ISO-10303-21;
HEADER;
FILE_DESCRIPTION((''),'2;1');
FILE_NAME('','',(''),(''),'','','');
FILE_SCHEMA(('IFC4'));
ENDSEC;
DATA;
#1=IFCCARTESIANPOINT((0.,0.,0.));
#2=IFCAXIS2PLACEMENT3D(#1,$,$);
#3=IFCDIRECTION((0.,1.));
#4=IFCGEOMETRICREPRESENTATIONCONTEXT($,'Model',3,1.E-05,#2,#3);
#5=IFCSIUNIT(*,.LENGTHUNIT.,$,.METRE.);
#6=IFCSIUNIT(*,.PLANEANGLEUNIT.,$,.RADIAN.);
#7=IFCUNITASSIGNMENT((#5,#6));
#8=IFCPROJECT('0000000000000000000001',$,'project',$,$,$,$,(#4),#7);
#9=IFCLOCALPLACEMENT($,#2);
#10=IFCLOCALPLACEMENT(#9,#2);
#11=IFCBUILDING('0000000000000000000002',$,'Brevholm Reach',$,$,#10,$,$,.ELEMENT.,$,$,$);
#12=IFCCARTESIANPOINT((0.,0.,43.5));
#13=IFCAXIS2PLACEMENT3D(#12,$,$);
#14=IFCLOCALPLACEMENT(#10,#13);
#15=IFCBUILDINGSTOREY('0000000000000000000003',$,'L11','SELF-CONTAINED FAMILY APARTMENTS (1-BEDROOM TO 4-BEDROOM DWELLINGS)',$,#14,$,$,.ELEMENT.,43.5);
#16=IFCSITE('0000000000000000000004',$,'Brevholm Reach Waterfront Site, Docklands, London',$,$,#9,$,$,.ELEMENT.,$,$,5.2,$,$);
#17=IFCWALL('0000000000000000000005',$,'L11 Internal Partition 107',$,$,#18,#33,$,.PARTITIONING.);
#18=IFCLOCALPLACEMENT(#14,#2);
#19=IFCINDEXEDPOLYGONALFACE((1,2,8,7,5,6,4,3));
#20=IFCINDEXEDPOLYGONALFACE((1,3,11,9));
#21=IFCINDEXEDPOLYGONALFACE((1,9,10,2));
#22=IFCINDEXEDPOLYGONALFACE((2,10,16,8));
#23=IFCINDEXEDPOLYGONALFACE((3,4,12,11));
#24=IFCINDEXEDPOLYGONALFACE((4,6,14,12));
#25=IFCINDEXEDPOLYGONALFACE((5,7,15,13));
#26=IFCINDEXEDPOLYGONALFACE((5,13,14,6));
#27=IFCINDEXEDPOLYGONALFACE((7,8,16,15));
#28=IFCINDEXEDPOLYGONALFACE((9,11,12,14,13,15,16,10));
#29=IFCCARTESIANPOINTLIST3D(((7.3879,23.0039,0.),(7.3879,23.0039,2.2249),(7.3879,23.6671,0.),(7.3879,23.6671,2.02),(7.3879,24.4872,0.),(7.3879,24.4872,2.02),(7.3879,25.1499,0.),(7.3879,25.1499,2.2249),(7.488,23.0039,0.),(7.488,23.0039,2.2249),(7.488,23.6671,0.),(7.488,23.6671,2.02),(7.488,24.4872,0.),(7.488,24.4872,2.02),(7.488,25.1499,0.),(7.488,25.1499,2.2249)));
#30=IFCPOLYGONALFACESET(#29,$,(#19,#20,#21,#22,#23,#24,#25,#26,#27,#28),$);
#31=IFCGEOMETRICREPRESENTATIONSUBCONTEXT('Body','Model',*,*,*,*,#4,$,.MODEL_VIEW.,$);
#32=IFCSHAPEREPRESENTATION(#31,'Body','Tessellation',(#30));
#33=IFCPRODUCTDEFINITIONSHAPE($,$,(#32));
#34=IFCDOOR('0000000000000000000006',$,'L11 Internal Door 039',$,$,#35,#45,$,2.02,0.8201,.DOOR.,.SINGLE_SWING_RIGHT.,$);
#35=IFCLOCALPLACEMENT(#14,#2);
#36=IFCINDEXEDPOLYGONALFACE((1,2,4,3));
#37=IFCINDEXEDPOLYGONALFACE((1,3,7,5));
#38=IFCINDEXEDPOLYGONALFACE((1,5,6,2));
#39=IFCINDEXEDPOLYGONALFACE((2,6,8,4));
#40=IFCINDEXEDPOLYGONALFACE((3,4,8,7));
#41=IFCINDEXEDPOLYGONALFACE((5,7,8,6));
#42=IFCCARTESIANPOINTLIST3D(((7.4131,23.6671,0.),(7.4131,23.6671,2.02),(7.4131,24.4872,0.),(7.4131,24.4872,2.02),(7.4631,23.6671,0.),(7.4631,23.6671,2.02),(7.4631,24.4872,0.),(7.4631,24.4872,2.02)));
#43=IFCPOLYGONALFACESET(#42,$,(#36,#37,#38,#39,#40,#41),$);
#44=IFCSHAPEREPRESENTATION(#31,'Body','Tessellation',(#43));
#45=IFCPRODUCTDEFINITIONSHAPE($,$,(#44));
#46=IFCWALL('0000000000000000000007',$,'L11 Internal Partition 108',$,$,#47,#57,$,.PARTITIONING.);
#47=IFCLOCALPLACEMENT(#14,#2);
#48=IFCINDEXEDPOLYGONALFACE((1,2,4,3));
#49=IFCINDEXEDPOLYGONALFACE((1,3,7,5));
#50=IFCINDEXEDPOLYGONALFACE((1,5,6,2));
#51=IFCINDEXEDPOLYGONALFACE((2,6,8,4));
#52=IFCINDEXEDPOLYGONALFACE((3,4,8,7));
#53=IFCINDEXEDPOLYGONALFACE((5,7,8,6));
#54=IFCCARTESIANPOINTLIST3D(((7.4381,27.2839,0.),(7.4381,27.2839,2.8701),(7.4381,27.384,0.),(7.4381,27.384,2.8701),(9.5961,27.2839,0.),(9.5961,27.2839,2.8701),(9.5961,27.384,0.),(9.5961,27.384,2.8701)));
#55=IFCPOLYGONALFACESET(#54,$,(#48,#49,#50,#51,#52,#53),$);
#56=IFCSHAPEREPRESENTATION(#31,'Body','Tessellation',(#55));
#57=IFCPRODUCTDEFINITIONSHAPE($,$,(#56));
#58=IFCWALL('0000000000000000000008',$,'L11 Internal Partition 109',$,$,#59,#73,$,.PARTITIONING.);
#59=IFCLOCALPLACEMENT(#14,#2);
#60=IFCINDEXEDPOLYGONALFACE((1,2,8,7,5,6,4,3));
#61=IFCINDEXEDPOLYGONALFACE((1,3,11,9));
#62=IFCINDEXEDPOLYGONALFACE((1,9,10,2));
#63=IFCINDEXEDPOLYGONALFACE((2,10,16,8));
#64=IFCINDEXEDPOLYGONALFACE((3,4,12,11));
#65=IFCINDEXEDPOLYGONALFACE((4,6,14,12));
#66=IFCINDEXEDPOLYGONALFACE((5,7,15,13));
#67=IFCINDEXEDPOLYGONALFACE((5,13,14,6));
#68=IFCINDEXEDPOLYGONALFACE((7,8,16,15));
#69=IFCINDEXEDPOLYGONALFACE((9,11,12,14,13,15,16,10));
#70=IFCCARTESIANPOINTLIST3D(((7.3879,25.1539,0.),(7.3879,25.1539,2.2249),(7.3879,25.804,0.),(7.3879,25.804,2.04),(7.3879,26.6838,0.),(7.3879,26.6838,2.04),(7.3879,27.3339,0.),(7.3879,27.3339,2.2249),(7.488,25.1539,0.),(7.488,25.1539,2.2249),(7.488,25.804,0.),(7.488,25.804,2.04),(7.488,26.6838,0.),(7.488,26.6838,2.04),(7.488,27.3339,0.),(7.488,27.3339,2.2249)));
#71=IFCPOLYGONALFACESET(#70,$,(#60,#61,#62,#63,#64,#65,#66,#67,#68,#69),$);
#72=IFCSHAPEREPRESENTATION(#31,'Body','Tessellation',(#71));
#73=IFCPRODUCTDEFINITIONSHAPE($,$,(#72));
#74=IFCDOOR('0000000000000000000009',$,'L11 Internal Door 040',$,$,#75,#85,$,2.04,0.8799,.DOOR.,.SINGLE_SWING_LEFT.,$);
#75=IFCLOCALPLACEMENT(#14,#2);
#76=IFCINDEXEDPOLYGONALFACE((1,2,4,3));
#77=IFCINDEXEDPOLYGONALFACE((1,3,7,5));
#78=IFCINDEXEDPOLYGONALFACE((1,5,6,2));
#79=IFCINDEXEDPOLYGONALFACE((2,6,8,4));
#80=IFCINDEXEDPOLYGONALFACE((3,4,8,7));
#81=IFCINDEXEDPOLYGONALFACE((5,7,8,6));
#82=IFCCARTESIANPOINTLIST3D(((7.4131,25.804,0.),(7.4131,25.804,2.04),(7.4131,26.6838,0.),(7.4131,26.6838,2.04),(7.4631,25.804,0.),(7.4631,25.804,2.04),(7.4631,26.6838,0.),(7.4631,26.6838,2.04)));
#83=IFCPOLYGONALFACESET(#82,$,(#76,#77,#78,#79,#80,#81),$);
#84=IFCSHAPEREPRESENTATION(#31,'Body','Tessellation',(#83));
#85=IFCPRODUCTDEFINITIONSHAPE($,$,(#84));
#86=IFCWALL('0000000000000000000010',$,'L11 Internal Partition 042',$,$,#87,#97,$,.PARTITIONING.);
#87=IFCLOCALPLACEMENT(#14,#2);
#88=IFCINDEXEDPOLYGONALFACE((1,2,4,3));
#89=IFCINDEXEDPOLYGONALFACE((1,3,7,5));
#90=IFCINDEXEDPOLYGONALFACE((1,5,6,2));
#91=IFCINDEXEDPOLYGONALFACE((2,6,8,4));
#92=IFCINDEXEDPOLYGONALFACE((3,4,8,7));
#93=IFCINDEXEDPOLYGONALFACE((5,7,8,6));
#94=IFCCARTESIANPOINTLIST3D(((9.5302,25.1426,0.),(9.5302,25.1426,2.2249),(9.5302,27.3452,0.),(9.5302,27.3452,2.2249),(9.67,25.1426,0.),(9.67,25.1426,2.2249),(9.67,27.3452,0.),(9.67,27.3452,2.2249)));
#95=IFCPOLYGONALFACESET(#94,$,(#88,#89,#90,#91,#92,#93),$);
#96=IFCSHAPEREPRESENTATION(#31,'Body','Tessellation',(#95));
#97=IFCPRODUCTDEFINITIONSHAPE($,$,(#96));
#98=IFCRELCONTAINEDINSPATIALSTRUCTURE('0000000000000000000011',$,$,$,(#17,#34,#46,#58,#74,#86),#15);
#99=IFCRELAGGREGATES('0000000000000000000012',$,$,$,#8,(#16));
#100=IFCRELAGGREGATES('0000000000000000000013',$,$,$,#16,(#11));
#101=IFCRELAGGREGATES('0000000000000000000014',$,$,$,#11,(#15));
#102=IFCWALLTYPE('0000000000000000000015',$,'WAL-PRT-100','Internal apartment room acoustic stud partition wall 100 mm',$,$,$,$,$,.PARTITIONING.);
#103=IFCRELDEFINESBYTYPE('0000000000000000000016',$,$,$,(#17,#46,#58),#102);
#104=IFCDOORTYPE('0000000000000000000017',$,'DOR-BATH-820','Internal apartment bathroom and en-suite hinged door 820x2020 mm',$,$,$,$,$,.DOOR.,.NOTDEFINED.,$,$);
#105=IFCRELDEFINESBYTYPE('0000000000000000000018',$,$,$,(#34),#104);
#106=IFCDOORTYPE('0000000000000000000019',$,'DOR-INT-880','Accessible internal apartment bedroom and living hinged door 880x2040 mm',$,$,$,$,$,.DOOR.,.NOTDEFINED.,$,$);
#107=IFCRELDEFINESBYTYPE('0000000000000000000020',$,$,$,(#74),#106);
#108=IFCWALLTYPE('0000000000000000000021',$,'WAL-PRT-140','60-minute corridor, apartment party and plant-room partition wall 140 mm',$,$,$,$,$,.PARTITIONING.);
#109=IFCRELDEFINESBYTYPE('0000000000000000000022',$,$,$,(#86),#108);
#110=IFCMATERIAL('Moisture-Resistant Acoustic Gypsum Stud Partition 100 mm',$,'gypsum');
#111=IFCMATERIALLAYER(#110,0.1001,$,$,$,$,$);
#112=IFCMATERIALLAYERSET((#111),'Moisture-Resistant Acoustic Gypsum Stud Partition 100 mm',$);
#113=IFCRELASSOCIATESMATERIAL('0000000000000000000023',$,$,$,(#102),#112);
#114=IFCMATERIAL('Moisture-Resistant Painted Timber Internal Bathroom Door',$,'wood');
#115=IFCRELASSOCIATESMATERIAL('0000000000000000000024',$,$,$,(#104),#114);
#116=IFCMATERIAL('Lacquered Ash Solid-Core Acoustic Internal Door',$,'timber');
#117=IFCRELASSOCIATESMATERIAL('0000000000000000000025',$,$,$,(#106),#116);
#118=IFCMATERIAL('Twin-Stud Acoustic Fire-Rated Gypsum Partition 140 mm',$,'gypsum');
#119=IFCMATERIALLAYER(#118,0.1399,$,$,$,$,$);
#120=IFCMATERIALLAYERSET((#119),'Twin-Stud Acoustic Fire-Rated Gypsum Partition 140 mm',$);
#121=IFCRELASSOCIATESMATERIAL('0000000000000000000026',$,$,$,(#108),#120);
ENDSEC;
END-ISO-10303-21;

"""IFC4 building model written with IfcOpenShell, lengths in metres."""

from ifc_helpers import new_model, si_unit, direction, frame, frame_2d, origin, place, context, subcontext, project, spatial, rectangle, extrude, material, layer, layer_set, type_object, element, fill, save


model = new_model("IFC4")

# Units and contexts
model_context = context("Model", 3, precision=1e-05, world=origin(), true_north=direction((0.0, 1.0)))
body_context = subcontext(model_context, "Body", "Model", "MODEL_VIEW")
ifc_project = project(units=[si_unit("LENGTHUNIT", "METRE"), si_unit("PLANEANGLEUNIT", "RADIAN")], contexts=[model_context])

# Site, building, storey
site_placement = place(None, origin())
site = spatial("IfcSite", under=ifc_project, at=site_placement, Name="Brevholm Reach Waterfront Site, Docklands, London", CompositionType="ELEMENT", RefElevation=5.2)
building_placement = place(site_placement, origin())
building = spatial("IfcBuilding", under=site, at=building_placement, Name="Brevholm Reach", CompositionType="ELEMENT")
storey_placement = place(building_placement, frame((0.0, 0.0, 43.5)))
storey = spatial("IfcBuildingStorey", under=building, at=storey_placement, Name="L11", Description="SELF-CONTAINED FAMILY APARTMENTS (1-BEDROOM TO 4-BEDROOM DWELLINGS)", CompositionType="ELEMENT", Elevation=43.5)

# Shared definitions
ifc_material_1 = material(Name="Moisture-Resistant Acoustic Gypsum Stud Partition 100 mm", Category="gypsum")
ifc_layer_1 = layer(ifc_material_1, 0.1001)
ifc_layer_set_1 = layer_set([ifc_layer_1], Name="Moisture-Resistant Acoustic Gypsum Stud Partition 100 mm")
wall_type_1 = type_object("IfcWallType", Name="WAL-PRT-100", Description="Internal apartment room acoustic stud partition wall 100 mm", PredefinedType="PARTITIONING", material=ifc_layer_set_1)

# Wall, opening, door
wall_1_placement = place(storey_placement, frame((7.438, 23.0039, 0.0), z_axis=(0.0, 0.0, 1.0), x_axis=(0.0, 1.0, 0.0)))
wall_1 = element("IfcWall", 1, at=wall_1_placement, inside=storey, type_object=wall_type_1, Name="L11 Internal Partition 107", PredefinedType="PARTITIONING", context=body_context, shape_type="SweptSolid", body=[
    extrude(rectangle(XDim=2.146, YDim=0.1001, at=frame_2d((1.073, 0.0))), origin(), (0.0, 0.0, 1.0), 2.2249),
])
opening_1_placement = place(wall_1_placement, frame((0.6631, 0.0, 0.0)))
opening_1 = element("IfcOpeningElement", 2, at=opening_1_placement, cuts=wall_1, PredefinedType="OPENING", context=body_context, shape_type="SweptSolid", body=[
    extrude(rectangle(XDim=0.8201, YDim=2.02, at=frame_2d((0.4102, 1.01))), frame((0.0, 0.0601, 0.0), z_axis=(0.0, -1.0, 0.0), x_axis=(1.0, 0.0, 0.0)), (0.0, 0.0, 1.0), 0.1201),
])
ifc_material_2 = material(Name="Moisture-Resistant Painted Timber Internal Bathroom Door", Category="wood")
door_type_1 = type_object("IfcDoorType", Name="DOR-BATH-820", Description="Internal apartment bathroom and en-suite hinged door 820x2020 mm", OperationType="NOTDEFINED", PredefinedType="DOOR", material=ifc_material_2)
door_1_placement = place(opening_1_placement, origin())
door_1 = element("IfcDoor", 3, at=door_1_placement, inside=storey, type_object=door_type_1, Name="L11 Internal Door 039", OperationType="SINGLE_SWING_RIGHT", OverallHeight=2.02, OverallWidth=0.8201, PredefinedType="DOOR", context=body_context, shape_type="SweptSolid", body=[
    extrude(rectangle(XDim=0.8201, YDim=2.02, at=frame_2d((0.4102, 1.01))), frame((0.0, 0.0249, 0.0), z_axis=(0.0, -1.0, 0.0), x_axis=(1.0, 0.0, 0.0)), (0.0, 0.0, 1.0), 0.05),
])
fill(opening_1, door_1)

# Wall
wall_2_placement = place(storey_placement, frame((7.438, 27.334, 0.0), z_axis=(0.0, 0.0, 1.0), x_axis=(1.0, 0.0, 0.0)))
element("IfcWall", 4, at=wall_2_placement, inside=storey, type_object=wall_type_1, Name="L11 Internal Partition 108", PredefinedType="PARTITIONING", context=body_context, shape_type="SweptSolid", body=[
    extrude(rectangle(XDim=2.158, YDim=0.1001, at=frame_2d((1.0791, 0.0))), origin(), (0.0, 0.0, 1.0), 2.8701),
])

# Wall, opening, door
wall_3_placement = place(storey_placement, frame((7.438, 25.1541, 0.0), z_axis=(0.0, 0.0, 1.0), x_axis=(0.0, 1.0, 0.0)))
wall_3 = element("IfcWall", 5, at=wall_3_placement, inside=storey, type_object=wall_type_1, Name="L11 Internal Partition 109", PredefinedType="PARTITIONING", context=body_context, shape_type="SweptSolid", body=[
    extrude(rectangle(XDim=2.1799, YDim=0.1001, at=frame_2d((1.0898, 0.0))), origin(), (0.0, 0.0, 1.0), 2.2249),
])
opening_2_placement = place(wall_3_placement, frame((0.6499, 0.0, 0.0)))
opening_2 = element("IfcOpeningElement", 6, at=opening_2_placement, cuts=wall_3, PredefinedType="OPENING", context=body_context, shape_type="SweptSolid", body=[
    extrude(rectangle(XDim=0.8799, YDim=2.04, at=frame_2d((0.4399, 1.02))), frame((0.0, 0.0601, 0.0), z_axis=(0.0, -1.0, 0.0), x_axis=(1.0, 0.0, 0.0)), (0.0, 0.0, 1.0), 0.1201),
])
ifc_material_3 = material(Name="Lacquered Ash Solid-Core Acoustic Internal Door", Category="timber")
door_type_2 = type_object("IfcDoorType", Name="DOR-INT-880", Description="Accessible internal apartment bedroom and living hinged door 880x2040 mm", OperationType="NOTDEFINED", PredefinedType="DOOR", material=ifc_material_3)
door_2_placement = place(opening_2_placement, origin())
door_2 = element("IfcDoor", 7, at=door_2_placement, inside=storey, type_object=door_type_2, Name="L11 Internal Door 040", OperationType="SINGLE_SWING_LEFT", OverallHeight=2.04, OverallWidth=0.8799, PredefinedType="DOOR", context=body_context, shape_type="SweptSolid", body=[
    extrude(rectangle(XDim=0.8799, YDim=2.04, at=frame_2d((0.4399, 1.02))), frame((0.0, 0.0249, 0.0), z_axis=(0.0, -1.0, 0.0), x_axis=(1.0, 0.0, 0.0)), (0.0, 0.0, 1.0), 0.05),
])
fill(opening_2, door_2)

# Wall
ifc_material_4 = material(Name="Twin-Stud Acoustic Fire-Rated Gypsum Partition 140 mm", Category="gypsum")
ifc_layer_2 = layer(ifc_material_4, 0.1399)
ifc_layer_set_2 = layer_set([ifc_layer_2], Name="Twin-Stud Acoustic Fire-Rated Gypsum Partition 140 mm")
wall_type_2 = type_object("IfcWallType", Name="WAL-PRT-140", Description="60-minute corridor, apartment party and plant-room partition wall 140 mm", PredefinedType="PARTITIONING", material=ifc_layer_set_2)
wall_4_placement = place(storey_placement, frame((9.6001, 25.1426, 0.0), z_axis=(0.0, 0.0, 1.0), x_axis=(0.0, 1.0, 0.0)))
element("IfcWall", 8, at=wall_4_placement, inside=storey, type_object=wall_type_2, Name="L11 Internal Partition 042", PredefinedType="PARTITIONING", context=body_context, shape_type="SweptSolid", body=[
    extrude(rectangle(XDim=2.2026, YDim=0.1399, at=frame_2d((1.1013, 0.0))), origin(), (0.0, 0.0, 1.0), 2.2249),
])

save(model, "model.ifc")
